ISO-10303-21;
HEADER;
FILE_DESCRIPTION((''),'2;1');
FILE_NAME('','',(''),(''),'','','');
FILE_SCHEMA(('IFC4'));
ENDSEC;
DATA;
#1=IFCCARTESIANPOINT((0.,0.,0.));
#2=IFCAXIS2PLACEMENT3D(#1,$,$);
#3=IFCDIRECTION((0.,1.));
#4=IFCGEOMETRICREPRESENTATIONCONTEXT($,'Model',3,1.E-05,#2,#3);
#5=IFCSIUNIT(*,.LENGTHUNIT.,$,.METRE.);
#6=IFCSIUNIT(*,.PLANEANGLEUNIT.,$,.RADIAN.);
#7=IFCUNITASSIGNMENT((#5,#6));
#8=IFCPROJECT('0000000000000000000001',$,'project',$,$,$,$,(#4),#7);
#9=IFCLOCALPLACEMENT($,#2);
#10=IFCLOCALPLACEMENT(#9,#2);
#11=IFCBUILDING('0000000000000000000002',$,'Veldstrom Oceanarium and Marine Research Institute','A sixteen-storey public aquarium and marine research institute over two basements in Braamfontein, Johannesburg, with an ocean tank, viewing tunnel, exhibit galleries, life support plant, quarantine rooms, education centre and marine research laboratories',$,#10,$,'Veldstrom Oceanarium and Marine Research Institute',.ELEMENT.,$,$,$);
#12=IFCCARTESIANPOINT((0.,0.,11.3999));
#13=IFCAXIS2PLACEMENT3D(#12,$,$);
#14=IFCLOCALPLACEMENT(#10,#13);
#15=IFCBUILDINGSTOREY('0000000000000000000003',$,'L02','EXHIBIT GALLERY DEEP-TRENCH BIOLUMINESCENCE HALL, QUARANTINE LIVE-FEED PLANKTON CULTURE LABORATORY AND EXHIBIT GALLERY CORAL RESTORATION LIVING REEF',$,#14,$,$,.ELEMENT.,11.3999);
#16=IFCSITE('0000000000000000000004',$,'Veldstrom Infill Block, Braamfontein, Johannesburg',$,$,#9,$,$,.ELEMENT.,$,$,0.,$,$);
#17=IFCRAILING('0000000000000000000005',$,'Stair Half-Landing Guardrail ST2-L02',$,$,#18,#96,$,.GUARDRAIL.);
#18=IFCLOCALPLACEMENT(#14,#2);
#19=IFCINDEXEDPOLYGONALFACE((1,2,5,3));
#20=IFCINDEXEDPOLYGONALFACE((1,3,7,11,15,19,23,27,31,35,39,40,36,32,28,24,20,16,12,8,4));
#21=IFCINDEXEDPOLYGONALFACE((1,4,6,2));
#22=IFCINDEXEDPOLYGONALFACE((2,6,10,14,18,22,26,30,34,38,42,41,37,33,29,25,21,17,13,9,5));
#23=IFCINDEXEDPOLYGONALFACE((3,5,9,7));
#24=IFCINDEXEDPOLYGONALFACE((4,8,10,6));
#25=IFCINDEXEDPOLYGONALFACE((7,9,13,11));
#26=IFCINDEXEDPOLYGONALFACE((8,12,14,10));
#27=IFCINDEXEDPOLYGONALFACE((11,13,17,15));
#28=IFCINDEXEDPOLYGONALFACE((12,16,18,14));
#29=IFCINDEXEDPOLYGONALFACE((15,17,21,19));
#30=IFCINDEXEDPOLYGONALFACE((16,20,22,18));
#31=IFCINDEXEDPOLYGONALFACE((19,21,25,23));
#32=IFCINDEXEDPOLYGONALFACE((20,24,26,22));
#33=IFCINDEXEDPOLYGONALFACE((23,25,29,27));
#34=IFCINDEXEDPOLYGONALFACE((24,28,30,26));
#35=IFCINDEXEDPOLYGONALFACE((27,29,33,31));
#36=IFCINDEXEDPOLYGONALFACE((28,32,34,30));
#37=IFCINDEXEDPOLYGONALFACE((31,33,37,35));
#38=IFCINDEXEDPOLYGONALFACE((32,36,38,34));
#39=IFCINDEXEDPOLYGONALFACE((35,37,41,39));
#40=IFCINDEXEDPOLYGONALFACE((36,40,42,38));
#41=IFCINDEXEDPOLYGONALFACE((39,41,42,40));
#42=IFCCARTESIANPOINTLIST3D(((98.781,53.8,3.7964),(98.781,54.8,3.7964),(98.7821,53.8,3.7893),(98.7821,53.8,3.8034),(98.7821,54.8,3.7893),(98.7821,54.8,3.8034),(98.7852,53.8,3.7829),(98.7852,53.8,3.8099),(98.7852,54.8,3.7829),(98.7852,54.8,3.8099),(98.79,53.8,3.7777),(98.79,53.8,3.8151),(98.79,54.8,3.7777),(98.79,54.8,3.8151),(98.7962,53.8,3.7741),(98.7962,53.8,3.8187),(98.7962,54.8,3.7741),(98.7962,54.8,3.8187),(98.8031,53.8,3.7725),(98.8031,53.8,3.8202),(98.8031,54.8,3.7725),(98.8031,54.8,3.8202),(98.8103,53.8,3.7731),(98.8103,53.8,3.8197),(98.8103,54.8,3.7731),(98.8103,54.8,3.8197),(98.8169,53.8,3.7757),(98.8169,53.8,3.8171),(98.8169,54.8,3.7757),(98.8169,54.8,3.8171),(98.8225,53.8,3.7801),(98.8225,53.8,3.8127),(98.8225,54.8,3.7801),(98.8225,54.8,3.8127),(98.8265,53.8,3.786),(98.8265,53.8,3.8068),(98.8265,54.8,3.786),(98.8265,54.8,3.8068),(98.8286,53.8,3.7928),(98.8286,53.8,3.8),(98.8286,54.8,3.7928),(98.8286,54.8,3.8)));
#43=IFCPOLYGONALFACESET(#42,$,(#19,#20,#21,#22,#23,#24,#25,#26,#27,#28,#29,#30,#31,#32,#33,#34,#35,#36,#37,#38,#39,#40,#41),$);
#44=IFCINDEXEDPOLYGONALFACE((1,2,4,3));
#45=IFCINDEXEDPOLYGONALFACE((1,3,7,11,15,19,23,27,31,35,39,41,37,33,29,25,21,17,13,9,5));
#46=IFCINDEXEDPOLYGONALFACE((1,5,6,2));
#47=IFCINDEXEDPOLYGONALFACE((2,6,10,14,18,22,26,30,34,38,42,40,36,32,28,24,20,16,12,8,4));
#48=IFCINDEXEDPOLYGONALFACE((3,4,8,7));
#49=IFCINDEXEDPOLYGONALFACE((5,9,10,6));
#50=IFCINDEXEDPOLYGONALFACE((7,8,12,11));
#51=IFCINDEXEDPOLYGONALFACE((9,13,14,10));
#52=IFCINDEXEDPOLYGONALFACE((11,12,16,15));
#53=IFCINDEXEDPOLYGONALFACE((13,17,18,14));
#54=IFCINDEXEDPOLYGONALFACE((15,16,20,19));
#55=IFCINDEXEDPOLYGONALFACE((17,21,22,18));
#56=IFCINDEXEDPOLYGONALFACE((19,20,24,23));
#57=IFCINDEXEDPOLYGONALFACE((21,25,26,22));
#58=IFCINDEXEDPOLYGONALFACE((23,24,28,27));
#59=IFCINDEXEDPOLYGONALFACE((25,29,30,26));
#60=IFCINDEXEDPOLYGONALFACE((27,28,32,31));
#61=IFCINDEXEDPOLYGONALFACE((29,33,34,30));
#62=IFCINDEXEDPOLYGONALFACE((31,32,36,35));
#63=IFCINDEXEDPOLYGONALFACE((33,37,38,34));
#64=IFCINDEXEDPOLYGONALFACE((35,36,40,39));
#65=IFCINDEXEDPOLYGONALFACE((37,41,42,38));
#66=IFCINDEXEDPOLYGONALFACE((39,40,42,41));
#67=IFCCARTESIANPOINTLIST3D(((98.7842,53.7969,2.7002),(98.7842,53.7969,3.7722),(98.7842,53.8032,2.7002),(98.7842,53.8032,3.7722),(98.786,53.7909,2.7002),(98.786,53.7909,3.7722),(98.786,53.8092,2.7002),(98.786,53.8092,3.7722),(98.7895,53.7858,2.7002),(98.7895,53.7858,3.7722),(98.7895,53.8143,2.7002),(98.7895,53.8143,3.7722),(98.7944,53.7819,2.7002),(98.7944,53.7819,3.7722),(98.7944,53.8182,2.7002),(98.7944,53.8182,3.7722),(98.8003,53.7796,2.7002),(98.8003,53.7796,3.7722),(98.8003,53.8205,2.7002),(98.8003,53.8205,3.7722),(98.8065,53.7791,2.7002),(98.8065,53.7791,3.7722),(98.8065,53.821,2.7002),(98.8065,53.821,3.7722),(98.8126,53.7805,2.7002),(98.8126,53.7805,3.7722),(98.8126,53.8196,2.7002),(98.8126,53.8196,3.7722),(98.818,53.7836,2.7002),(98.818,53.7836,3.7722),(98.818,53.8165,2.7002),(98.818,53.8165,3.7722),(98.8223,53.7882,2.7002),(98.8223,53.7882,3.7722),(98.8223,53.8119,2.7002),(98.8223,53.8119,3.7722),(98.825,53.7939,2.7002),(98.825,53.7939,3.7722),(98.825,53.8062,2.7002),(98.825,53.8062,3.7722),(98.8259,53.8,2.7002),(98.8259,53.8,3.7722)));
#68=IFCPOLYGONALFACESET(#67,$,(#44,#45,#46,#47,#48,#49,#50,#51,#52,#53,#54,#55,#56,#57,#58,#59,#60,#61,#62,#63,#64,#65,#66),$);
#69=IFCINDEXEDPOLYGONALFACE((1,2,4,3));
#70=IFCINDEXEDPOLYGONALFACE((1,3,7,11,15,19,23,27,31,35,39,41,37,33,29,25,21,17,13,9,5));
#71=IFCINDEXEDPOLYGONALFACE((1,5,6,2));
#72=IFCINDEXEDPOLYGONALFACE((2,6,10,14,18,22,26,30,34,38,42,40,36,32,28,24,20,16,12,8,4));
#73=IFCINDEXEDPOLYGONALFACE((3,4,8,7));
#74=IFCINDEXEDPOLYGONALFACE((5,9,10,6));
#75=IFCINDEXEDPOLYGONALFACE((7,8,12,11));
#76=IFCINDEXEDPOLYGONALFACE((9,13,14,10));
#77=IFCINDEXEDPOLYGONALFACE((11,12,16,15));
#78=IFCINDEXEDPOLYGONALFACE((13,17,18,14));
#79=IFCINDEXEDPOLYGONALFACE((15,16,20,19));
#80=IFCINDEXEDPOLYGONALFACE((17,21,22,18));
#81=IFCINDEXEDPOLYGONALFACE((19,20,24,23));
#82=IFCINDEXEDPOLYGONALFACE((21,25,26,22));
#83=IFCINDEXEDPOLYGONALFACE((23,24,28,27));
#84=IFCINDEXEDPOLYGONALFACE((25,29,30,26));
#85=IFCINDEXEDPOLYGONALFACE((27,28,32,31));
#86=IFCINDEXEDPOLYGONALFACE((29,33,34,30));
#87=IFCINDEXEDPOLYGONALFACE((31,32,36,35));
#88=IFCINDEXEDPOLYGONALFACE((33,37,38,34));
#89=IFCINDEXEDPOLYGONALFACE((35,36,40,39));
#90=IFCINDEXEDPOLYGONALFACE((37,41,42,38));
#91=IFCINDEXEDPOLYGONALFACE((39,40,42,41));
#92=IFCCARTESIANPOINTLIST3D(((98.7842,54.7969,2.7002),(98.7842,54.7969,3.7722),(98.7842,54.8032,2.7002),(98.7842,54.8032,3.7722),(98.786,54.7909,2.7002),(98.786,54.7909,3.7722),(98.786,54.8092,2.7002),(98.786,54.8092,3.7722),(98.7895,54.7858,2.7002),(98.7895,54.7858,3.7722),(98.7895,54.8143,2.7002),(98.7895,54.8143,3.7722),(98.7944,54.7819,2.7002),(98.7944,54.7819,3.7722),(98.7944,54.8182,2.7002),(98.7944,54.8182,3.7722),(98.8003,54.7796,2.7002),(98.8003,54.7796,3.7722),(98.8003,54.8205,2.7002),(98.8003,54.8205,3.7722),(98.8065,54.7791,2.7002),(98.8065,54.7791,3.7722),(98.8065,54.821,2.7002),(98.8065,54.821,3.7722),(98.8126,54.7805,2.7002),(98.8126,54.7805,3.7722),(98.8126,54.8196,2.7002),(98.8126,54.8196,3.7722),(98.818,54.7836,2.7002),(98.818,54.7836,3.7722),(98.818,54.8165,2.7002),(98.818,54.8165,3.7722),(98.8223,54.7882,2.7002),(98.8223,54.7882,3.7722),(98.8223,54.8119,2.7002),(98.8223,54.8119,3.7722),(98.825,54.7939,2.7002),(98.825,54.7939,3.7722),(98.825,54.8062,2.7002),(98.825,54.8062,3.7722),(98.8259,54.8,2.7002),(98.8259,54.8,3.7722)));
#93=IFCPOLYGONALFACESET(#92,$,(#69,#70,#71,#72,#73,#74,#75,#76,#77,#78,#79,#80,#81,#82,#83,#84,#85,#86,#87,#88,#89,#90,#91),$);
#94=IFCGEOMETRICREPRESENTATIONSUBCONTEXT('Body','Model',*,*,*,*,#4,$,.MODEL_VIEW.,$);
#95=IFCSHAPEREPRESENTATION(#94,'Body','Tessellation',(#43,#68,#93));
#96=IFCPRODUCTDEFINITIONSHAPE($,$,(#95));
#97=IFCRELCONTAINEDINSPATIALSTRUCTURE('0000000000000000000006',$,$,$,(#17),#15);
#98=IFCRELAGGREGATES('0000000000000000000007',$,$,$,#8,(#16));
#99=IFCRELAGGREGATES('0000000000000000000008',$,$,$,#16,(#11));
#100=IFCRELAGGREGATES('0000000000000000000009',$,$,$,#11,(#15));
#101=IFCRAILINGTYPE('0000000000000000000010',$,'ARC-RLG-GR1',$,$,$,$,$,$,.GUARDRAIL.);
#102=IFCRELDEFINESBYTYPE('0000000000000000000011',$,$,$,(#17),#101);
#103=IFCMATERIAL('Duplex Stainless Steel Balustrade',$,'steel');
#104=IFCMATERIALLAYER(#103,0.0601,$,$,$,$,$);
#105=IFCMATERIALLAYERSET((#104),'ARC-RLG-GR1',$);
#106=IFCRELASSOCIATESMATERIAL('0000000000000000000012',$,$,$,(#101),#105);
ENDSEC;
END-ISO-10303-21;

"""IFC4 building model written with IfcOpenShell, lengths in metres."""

from ifc_helpers import new_model, si_unit, direction, frame, origin, origin_2d, place, context, subcontext, project, spatial, circle, extrude, material, layer, layer_set, type_object, element, save


model = new_model("IFC4")

# Units and contexts
model_context = context("Model", 3, precision=1e-05, world=origin(), true_north=direction((0.0, 1.0)))
body_context = subcontext(model_context, "Body", "Model", "MODEL_VIEW")
ifc_project = project(units=[si_unit("LENGTHUNIT", "METRE"), si_unit("PLANEANGLEUNIT", "RADIAN")], contexts=[model_context])

# Site, building, storey
site_placement = place(None, origin())
site = spatial("IfcSite", under=ifc_project, at=site_placement, Name="Veldstrom Infill Block, Braamfontein, Johannesburg", CompositionType="ELEMENT", RefElevation=0.0)
building_placement = place(site_placement, origin())
building = spatial("IfcBuilding", under=site, at=building_placement, Name="Veldstrom Oceanarium and Marine Research Institute", Description="A sixteen-storey public aquarium and marine research institute over two basements in Braamfontein, Johannesburg, with an ocean tank, viewing tunnel, exhibit galleries, life support plant, quarantine rooms, education centre and marine research laboratories", LongName="Veldstrom Oceanarium and Marine Research Institute", CompositionType="ELEMENT")
storey_placement = place(building_placement, frame((0.0, 0.0, 11.3999)))
storey = spatial("IfcBuildingStorey", under=building, at=storey_placement, Name="L02", Description="EXHIBIT GALLERY DEEP-TRENCH BIOLUMINESCENCE HALL, QUARANTINE LIVE-FEED PLANKTON CULTURE LABORATORY AND EXHIBIT GALLERY CORAL RESTORATION LIVING REEF", CompositionType="ELEMENT", Elevation=11.3999)

# Railing
ifc_material_1 = material(Name="Duplex Stainless Steel Balustrade", Category="steel")
ifc_layer_1 = layer(ifc_material_1, 0.0601)
ifc_layer_set_1 = layer_set([ifc_layer_1], Name="ARC-RLG-GR1")
railing_type_1 = type_object("IfcRailingType", Name="ARC-RLG-GR1", PredefinedType="GUARDRAIL", material=ifc_layer_set_1)
railing_1_placement = place(storey_placement, frame((98.8049, 53.8, 2.7002)))
element("IfcRailing", 1, at=railing_1_placement, inside=storey, type_object=railing_type_1, Name="Stair Half-Landing Guardrail ST2-L02", PredefinedType="GUARDRAIL", context=body_context, shape_type="SweptSolid", body=[
    extrude(circle(Radius=0.0239, at=origin_2d()), frame((0.0, 0.0, 1.0962), z_axis=(0.0, 1.0, 0.0), x_axis=(-1.0, 0.0, 0.0)), (0.0, 0.0, 1.0), 1.0),
    extrude(circle(Radius=0.021, at=origin_2d()), origin(), (0.0, 0.0, 1.0), 1.072),
    extrude(circle(Radius=0.021, at=origin_2d()), frame((0.0, 1.0, 0.0)), (0.0, 0.0, 1.0), 1.072),
])

save(model, "model.ifc")
